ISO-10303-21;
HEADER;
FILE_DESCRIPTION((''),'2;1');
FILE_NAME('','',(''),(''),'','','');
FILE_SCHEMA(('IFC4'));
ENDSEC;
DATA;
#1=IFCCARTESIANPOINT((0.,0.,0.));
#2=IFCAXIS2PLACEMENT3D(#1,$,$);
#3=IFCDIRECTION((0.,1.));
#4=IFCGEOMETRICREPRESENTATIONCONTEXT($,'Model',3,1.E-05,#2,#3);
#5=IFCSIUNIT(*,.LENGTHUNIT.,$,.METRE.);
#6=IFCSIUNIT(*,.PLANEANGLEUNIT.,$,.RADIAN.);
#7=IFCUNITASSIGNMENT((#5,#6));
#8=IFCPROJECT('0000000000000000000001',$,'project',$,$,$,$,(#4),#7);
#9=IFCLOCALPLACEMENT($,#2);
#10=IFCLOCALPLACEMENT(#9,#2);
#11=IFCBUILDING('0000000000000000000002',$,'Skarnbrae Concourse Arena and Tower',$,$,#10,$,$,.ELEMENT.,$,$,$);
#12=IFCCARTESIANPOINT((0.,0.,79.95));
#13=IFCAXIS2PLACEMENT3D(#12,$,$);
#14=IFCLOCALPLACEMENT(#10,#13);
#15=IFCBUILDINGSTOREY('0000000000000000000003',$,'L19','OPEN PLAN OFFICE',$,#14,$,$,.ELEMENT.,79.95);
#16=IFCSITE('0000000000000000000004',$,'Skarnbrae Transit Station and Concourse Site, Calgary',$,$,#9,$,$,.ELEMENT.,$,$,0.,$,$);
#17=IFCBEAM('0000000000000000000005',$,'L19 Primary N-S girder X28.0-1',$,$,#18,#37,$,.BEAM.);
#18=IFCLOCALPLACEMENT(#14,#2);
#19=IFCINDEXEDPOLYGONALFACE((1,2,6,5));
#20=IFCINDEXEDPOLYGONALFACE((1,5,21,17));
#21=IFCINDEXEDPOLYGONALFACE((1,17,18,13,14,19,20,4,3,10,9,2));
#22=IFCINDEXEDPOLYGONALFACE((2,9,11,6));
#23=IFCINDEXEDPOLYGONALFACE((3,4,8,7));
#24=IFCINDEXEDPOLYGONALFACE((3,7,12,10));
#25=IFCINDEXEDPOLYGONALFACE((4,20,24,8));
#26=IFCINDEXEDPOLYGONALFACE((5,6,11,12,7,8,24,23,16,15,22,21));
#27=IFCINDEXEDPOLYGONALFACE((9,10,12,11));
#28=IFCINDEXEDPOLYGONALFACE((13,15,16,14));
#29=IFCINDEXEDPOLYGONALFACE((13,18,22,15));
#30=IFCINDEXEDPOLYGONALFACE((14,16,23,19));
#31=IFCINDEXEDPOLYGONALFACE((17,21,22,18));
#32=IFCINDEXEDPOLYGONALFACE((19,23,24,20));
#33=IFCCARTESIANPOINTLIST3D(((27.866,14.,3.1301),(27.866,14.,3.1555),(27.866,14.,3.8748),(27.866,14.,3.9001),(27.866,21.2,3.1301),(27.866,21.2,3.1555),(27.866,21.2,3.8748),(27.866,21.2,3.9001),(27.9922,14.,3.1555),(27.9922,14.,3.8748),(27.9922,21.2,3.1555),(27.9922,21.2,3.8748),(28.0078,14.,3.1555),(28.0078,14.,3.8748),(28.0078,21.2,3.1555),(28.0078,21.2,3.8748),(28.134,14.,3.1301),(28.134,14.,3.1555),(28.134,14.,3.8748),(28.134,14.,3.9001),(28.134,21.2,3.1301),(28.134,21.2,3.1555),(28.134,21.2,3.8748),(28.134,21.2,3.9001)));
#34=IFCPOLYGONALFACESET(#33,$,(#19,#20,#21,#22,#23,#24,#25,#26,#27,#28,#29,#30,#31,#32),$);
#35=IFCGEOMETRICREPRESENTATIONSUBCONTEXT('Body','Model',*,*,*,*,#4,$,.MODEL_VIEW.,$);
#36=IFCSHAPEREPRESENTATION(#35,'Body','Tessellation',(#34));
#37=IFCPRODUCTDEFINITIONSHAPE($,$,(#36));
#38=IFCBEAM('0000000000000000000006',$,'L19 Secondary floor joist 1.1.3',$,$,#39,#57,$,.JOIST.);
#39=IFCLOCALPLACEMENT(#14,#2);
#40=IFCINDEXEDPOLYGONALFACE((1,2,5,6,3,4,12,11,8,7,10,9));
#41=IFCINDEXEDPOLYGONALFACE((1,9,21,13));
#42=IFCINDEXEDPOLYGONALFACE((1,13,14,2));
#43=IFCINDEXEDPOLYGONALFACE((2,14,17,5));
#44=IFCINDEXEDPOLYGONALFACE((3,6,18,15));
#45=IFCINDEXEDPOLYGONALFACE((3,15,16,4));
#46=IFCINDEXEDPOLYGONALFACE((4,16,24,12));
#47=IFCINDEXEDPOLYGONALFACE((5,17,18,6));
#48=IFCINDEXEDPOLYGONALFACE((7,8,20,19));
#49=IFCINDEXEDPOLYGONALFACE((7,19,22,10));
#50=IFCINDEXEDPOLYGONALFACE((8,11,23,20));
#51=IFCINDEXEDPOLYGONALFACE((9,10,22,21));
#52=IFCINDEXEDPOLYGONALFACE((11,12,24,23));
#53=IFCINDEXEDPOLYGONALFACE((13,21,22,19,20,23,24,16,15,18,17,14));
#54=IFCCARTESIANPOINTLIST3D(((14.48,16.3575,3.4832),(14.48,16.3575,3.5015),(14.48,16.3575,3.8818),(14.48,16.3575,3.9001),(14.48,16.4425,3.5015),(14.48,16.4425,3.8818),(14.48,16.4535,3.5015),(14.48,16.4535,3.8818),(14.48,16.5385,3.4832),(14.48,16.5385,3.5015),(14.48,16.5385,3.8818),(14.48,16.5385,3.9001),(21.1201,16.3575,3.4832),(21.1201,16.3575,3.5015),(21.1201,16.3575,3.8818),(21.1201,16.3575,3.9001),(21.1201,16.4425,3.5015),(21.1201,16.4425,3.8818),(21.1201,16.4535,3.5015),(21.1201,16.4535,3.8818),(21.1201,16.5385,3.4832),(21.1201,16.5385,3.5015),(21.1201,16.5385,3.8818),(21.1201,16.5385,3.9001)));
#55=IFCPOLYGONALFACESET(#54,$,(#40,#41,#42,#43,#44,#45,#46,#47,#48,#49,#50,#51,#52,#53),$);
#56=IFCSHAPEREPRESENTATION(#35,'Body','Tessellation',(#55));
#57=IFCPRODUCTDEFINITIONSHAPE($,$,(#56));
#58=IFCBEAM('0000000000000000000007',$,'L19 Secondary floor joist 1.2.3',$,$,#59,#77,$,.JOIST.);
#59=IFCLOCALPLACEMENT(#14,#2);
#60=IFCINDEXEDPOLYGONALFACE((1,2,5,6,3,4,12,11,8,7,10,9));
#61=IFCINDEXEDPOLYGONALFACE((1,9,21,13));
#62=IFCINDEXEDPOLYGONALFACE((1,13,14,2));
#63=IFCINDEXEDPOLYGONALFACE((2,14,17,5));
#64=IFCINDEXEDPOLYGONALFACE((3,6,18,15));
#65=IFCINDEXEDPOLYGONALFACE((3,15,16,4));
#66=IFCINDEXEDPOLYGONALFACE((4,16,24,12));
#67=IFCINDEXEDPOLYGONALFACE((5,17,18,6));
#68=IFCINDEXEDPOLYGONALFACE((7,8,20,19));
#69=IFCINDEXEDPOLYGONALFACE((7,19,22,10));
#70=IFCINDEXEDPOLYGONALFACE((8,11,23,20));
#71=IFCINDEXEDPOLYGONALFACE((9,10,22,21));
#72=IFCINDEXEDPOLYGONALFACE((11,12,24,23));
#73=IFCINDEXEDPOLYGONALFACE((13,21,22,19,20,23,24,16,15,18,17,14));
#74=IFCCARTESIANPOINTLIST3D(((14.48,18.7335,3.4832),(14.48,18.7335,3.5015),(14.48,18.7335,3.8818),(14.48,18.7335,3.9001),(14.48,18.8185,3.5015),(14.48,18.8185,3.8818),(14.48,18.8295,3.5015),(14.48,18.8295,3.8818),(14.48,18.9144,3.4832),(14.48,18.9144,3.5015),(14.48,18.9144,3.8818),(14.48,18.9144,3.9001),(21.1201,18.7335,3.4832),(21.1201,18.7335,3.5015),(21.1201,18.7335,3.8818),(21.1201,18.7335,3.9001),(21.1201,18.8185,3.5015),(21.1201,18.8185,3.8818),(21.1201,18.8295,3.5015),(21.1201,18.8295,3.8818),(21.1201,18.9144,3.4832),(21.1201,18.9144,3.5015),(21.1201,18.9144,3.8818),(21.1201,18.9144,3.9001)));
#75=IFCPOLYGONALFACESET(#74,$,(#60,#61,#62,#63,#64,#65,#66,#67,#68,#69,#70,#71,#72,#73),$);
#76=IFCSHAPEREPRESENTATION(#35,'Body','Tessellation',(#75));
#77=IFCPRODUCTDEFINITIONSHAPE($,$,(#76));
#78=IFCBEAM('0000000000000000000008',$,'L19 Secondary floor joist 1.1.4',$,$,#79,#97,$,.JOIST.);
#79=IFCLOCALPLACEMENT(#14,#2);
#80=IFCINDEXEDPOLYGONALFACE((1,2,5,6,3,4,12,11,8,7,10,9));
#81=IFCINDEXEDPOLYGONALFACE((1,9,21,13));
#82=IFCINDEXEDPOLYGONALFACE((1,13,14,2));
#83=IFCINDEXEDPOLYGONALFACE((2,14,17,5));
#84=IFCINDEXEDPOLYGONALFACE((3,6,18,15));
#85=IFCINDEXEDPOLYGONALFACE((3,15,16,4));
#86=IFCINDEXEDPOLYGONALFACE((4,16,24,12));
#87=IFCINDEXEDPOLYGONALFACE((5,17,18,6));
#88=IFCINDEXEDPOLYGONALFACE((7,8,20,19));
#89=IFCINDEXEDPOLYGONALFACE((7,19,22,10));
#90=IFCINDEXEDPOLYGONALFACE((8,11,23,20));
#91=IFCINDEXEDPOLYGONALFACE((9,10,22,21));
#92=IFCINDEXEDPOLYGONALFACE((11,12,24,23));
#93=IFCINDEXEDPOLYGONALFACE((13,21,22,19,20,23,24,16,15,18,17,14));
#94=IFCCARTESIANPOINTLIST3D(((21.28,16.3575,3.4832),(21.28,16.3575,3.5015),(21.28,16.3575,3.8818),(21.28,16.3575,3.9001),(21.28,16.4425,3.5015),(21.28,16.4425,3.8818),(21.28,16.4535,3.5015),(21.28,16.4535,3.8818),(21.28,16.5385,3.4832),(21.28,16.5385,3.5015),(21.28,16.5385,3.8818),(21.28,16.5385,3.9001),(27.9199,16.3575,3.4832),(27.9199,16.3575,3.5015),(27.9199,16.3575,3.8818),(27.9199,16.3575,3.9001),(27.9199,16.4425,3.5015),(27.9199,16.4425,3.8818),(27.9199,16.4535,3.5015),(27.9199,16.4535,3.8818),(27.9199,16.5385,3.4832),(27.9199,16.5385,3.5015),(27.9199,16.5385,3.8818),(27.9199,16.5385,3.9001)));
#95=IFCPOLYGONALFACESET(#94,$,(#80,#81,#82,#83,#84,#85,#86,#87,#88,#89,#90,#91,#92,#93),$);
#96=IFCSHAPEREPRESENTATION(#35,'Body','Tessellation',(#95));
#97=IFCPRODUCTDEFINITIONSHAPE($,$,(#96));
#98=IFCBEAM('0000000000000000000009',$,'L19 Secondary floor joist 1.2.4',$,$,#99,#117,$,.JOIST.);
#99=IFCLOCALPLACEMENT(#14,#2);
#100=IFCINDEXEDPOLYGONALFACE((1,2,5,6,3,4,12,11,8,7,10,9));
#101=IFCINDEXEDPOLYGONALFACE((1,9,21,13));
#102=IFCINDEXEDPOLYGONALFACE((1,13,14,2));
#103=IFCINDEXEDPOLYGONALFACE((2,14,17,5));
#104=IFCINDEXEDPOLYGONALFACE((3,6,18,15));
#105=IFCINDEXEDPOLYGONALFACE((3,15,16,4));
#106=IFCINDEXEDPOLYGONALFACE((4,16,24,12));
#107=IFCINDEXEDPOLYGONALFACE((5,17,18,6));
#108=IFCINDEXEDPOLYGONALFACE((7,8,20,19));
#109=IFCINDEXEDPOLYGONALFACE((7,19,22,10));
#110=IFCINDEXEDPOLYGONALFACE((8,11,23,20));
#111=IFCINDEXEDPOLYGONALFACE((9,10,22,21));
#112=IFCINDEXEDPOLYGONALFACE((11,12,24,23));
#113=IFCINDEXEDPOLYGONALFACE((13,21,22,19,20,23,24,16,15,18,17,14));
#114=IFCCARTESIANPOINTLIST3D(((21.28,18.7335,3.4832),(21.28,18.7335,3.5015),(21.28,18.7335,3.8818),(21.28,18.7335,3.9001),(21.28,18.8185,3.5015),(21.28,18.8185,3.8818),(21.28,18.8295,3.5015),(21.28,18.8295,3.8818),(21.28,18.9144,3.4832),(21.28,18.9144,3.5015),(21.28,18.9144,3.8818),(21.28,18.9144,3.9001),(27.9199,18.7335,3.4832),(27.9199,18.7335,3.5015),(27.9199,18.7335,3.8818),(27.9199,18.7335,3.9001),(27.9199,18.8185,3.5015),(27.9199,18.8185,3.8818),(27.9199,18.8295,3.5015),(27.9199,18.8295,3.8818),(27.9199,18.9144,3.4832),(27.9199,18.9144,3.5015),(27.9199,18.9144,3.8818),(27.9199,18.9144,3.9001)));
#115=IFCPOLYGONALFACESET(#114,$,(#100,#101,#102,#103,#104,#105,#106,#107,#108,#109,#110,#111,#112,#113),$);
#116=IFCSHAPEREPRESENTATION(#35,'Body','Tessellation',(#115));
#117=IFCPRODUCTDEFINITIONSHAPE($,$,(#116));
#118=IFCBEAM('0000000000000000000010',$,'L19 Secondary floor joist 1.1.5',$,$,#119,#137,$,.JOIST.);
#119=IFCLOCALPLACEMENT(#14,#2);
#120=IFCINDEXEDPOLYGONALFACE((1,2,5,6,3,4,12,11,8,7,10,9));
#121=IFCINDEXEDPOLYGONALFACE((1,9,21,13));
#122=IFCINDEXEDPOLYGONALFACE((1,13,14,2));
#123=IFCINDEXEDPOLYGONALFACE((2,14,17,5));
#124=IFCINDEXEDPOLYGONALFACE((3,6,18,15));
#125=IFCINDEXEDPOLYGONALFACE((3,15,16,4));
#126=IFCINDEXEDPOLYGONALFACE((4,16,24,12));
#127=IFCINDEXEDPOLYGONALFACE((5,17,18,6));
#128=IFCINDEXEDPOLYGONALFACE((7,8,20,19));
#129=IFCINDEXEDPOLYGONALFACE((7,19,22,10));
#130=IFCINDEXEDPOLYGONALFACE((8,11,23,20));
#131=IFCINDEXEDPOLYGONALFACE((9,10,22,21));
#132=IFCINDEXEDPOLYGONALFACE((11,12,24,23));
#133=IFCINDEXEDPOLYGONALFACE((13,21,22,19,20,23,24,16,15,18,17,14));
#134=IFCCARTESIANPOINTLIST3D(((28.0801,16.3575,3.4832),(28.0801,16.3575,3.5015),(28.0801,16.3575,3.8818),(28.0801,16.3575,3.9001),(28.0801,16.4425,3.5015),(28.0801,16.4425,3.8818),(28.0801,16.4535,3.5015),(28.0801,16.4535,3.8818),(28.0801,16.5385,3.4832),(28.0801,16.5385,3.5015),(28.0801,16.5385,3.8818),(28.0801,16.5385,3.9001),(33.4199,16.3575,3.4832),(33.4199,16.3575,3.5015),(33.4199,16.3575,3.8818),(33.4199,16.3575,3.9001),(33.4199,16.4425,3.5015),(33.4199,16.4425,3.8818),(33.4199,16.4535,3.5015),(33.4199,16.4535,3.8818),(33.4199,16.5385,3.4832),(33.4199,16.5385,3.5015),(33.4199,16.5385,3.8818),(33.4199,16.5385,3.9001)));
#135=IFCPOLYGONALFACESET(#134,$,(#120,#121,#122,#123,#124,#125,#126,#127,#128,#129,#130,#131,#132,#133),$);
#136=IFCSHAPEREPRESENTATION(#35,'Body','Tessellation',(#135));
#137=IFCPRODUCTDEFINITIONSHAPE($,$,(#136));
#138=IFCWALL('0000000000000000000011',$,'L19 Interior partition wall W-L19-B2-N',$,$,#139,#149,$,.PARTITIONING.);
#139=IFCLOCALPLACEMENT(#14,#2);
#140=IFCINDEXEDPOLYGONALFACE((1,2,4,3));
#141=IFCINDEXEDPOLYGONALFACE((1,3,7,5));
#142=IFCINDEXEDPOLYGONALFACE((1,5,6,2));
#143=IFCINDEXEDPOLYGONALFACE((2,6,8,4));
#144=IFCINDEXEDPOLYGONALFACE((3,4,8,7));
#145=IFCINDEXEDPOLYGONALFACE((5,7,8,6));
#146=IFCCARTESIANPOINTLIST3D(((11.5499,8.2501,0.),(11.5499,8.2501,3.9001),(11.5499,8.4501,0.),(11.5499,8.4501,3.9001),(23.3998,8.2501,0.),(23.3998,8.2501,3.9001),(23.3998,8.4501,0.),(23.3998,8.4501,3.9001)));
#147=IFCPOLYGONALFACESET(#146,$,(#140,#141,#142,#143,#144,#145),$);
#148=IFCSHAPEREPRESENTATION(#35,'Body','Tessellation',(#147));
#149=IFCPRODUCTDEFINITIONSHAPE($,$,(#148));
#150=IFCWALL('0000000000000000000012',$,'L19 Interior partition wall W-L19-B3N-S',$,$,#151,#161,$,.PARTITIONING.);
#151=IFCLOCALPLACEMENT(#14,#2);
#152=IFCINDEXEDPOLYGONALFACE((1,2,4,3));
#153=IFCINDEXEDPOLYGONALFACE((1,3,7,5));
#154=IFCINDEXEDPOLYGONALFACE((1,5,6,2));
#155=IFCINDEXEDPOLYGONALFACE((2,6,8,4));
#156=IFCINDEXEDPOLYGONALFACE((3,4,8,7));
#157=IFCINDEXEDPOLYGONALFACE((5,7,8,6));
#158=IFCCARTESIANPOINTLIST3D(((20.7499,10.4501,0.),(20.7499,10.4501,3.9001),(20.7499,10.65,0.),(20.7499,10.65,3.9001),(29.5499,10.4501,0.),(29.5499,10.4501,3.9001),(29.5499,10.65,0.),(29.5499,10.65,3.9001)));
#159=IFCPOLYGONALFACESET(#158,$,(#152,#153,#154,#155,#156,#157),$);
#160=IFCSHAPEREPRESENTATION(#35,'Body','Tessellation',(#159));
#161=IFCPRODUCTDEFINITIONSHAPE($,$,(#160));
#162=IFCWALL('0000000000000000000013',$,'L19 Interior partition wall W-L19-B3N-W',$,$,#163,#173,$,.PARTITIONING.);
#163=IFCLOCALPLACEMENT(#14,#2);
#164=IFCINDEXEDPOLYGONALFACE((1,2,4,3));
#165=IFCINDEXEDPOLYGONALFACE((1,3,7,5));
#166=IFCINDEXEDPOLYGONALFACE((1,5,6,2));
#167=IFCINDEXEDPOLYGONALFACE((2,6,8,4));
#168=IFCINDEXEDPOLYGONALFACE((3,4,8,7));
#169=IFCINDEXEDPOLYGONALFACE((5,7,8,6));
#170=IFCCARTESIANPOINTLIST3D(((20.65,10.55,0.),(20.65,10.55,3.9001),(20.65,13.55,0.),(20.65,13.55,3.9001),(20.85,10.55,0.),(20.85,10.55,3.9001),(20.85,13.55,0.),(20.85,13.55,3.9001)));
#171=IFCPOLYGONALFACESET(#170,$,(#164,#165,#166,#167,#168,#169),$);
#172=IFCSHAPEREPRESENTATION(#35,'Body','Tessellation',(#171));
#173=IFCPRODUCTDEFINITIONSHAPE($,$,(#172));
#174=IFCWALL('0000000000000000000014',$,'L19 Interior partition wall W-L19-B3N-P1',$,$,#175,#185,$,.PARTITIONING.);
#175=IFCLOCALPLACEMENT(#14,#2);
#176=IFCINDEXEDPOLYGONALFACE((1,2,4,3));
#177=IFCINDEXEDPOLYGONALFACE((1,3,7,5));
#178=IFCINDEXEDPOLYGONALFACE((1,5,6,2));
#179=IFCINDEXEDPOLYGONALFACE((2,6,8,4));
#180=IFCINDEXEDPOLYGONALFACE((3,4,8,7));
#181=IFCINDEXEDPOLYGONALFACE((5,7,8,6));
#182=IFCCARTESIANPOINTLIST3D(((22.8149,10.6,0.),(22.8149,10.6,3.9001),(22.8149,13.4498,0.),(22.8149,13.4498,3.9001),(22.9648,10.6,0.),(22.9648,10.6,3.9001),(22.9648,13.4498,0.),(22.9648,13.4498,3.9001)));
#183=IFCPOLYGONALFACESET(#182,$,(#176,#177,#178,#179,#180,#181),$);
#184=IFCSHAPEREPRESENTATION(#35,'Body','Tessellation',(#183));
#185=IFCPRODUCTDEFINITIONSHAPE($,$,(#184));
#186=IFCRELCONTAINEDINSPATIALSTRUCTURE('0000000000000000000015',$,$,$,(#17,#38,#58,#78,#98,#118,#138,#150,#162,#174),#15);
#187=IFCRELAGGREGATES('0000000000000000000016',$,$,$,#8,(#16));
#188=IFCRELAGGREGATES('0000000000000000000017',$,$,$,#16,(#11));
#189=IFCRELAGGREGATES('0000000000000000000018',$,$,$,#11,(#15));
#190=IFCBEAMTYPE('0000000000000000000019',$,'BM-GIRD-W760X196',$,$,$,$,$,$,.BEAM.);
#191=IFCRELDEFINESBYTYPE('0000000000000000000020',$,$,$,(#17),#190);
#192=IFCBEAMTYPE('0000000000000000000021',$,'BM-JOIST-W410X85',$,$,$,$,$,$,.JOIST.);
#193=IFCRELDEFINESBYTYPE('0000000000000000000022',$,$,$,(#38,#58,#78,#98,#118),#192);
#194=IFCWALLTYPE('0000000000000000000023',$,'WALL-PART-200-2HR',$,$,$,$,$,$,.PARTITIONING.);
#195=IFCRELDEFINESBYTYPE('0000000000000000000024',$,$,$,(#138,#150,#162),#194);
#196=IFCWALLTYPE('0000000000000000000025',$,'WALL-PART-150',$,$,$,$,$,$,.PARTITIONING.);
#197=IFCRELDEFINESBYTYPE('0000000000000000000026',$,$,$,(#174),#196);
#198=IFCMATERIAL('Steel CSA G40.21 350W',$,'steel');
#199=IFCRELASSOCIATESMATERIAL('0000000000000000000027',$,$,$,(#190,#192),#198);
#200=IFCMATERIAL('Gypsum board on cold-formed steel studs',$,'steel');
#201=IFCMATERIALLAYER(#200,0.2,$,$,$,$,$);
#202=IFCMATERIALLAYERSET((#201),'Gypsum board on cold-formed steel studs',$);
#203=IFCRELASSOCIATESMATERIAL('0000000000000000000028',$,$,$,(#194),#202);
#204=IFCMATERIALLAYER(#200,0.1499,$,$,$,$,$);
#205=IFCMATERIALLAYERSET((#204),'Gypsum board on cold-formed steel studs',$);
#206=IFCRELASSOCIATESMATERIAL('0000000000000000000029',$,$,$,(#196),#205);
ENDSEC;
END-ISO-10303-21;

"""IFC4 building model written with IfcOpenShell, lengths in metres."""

from ifc_helpers import new_model, si_unit, direction, frame, frame_2d, origin, origin_2d, place, context, subcontext, project, spatial, rectangle, i_section, extrude, source, transform, mapped, material, layer, layer_set, material_profile, profile_set, type_object, element, save


model = new_model("IFC4")

# Units and contexts
model_context = context("Model", 3, precision=1e-05, world=origin(), true_north=direction((0.0, 1.0)))
body_context = subcontext(model_context, "Body", "Model", "MODEL_VIEW")
ifc_project = project(units=[si_unit("LENGTHUNIT", "METRE"), si_unit("PLANEANGLEUNIT", "RADIAN")], contexts=[model_context])

# Site, building, storey
site_placement = place(None, origin())
site = spatial("IfcSite", under=ifc_project, at=site_placement, Name="Skarnbrae Transit Station and Concourse Site, Calgary", CompositionType="ELEMENT", RefElevation=0.0)
building_placement = place(site_placement, origin())
building = spatial("IfcBuilding", under=site, at=building_placement, Name="Skarnbrae Concourse Arena and Tower", CompositionType="ELEMENT")
storey_placement = place(building_placement, frame((0.0, 0.0, 79.95)))
storey = spatial("IfcBuildingStorey", under=building, at=storey_placement, Name="L19", Description="OPEN PLAN OFFICE", CompositionType="ELEMENT", Elevation=79.95)

# Shared definitions
ifc_material_1 = material(Name="Steel CSA G40.21 350W", Category="steel")

# Beams
ifc_material_profile_1 = material_profile(ifc_material_1, i_section(OverallWidth=0.2681, OverallDepth=0.77, WebThickness=0.0156, FlangeThickness=0.0254, at=origin_2d()), Name="W760X196")
ifc_profile_set_1 = profile_set([ifc_material_profile_1], Name="Steel CSA G40.21 350W")
beam_type_1 = type_object("IfcBeamType", Name="BM-GIRD-W760X196", PredefinedType="BEAM", material=ifc_profile_set_1)
shared_shape_1 = source(origin(), body_context, "Body", "SweptSolid", [
    extrude(i_section(OverallWidth=0.2681, OverallDepth=0.77, WebThickness=0.0156, FlangeThickness=0.0254, at=origin_2d()), origin(), (0.0, 0.0, 1.0), 7.2),
])
for number, where, z_axis, x_axis, name in (
    (1, (28.0, 14.0, 3.5151), (0.0, 1.0, 0.0), (-1.0, 0.0, 0.0), "L19 Primary N-S girder X28.0-1"),
):
    element("IfcBeam", number, at=place(storey_placement, frame(where, z_axis=z_axis, x_axis=x_axis)), inside=storey, type_object=beam_type_1, Name=name, PredefinedType="BEAM", context=body_context, shape_type="MappedRepresentation", body=[
        mapped(shared_shape_1, transform((0.0, 0.0, 0.0))),
    ])
ifc_material_profile_2 = material_profile(ifc_material_1, i_section(OverallWidth=0.1809, OverallDepth=0.417, WebThickness=0.011, FlangeThickness=0.0183, at=origin_2d()), Name="W410X85")
ifc_profile_set_2 = profile_set([ifc_material_profile_2], Name="Steel CSA G40.21 350W")
beam_type_2 = type_object("IfcBeamType", Name="BM-JOIST-W410X85", PredefinedType="JOIST", material=ifc_profile_set_2)
shared_shape_2 = source(origin(), body_context, "Body", "SweptSolid", [
    extrude(i_section(OverallWidth=0.1809, OverallDepth=0.417, WebThickness=0.011, FlangeThickness=0.0183, at=origin_2d()), origin(), (0.0, 0.0, 1.0), 6.6401),
])
for number, where, z_axis, x_axis, name in (
    (2, (14.48, 16.448, 3.6917), (1.0, 0.0, 0.0), (0.0, 1.0, 0.0), "L19 Secondary floor joist 1.1.3"),
    (3, (14.48, 18.824, 3.6917), (1.0, 0.0, 0.0), (0.0, 1.0, 0.0), "L19 Secondary floor joist 1.2.3"),
):
    element("IfcBeam", number, at=place(storey_placement, frame(where, z_axis=z_axis, x_axis=x_axis)), inside=storey, type_object=beam_type_2, Name=name, PredefinedType="JOIST", context=body_context, shape_type="MappedRepresentation", body=[
        mapped(shared_shape_2, transform((0.0, 0.0, 0.0))),
    ])
shared_shape_3 = source(origin(), body_context, "Body", "SweptSolid", [
    extrude(i_section(OverallWidth=0.1809, OverallDepth=0.417, WebThickness=0.011, FlangeThickness=0.0183, at=origin_2d()), origin(), (0.0, 0.0, 1.0), 6.6399),
])
for number, where, z_axis, x_axis, name in (
    (4, (21.28, 16.448, 3.6917), (1.0, 0.0, 0.0), (0.0, 1.0, 0.0), "L19 Secondary floor joist 1.1.4"),
    (5, (21.28, 18.824, 3.6917), (1.0, 0.0, 0.0), (0.0, 1.0, 0.0), "L19 Secondary floor joist 1.2.4"),
):
    element("IfcBeam", number, at=place(storey_placement, frame(where, z_axis=z_axis, x_axis=x_axis)), inside=storey, type_object=beam_type_2, Name=name, PredefinedType="JOIST", context=body_context, shape_type="MappedRepresentation", body=[
        mapped(shared_shape_3, transform((0.0, 0.0, 0.0))),
    ])
shared_shape_4 = source(origin(), body_context, "Body", "SweptSolid", [
    extrude(i_section(OverallWidth=0.1809, OverallDepth=0.417, WebThickness=0.011, FlangeThickness=0.0183, at=origin_2d()), origin(), (0.0, 0.0, 1.0), 5.3398),
])
beam_1_placement = place(storey_placement, frame((28.0801, 16.448, 3.6917), z_axis=(1.0, 0.0, 0.0), x_axis=(0.0, 1.0, 0.0)))
element("IfcBeam", 6, at=beam_1_placement, inside=storey, type_object=beam_type_2, Name="L19 Secondary floor joist 1.1.5", PredefinedType="JOIST", context=body_context, shape_type="MappedRepresentation", body=[
    mapped(shared_shape_4, transform((0.0, 0.0, 0.0))),
])

# Walls
ifc_material_2 = material(Name="Gypsum board on cold-formed steel studs", Category="steel")
ifc_layer_1 = layer(ifc_material_2, 0.2)
ifc_layer_set_1 = layer_set([ifc_layer_1], Name="Gypsum board on cold-formed steel studs")
wall_type_1 = type_object("IfcWallType", Name="WALL-PART-200-2HR", PredefinedType="PARTITIONING", material=ifc_layer_set_1)
shared_shape_5 = source(origin(), body_context, "Body", "SweptSolid", [
    extrude(rectangle(XDim=11.8499, YDim=0.2, at=frame_2d((5.9248, 0.0))), origin(), (0.0, 0.0, 1.0), 3.9001),
])
wall_1_placement = place(storey_placement, frame((11.55, 8.3501, 0.0), z_axis=(0.0, 0.0, 1.0), x_axis=(1.0, 0.0, 0.0)))
element("IfcWall", 7, at=wall_1_placement, inside=storey, type_object=wall_type_1, Name="L19 Interior partition wall W-L19-B2-N", PredefinedType="PARTITIONING", context=body_context, shape_type="MappedRepresentation", body=[
    mapped(shared_shape_5, transform((0.0, 0.0, 0.0))),
])
shared_shape_6 = source(origin(), body_context, "Body", "SweptSolid", [
    extrude(rectangle(XDim=8.8, YDim=0.2, at=frame_2d((4.3999, 0.0))), origin(), (0.0, 0.0, 1.0), 3.9001),
])
wall_2_placement = place(storey_placement, frame((20.75, 10.55, 0.0), z_axis=(0.0, 0.0, 1.0), x_axis=(1.0, 0.0, 0.0)))
element("IfcWall", 8, at=wall_2_placement, inside=storey, type_object=wall_type_1, Name="L19 Interior partition wall W-L19-B3N-S", PredefinedType="PARTITIONING", context=body_context, shape_type="MappedRepresentation", body=[
    mapped(shared_shape_6, transform((0.0, 0.0, 0.0))),
])
shared_shape_7 = source(origin(), body_context, "Body", "SweptSolid", [
    extrude(rectangle(XDim=3.0, YDim=0.2, at=frame_2d((1.5, 0.0))), origin(), (0.0, 0.0, 1.0), 3.9001),
])
wall_3_placement = place(storey_placement, frame((20.75, 10.55, 0.0), z_axis=(0.0, 0.0, 1.0), x_axis=(0.0, 1.0, 0.0)))
element("IfcWall", 9, at=wall_3_placement, inside=storey, type_object=wall_type_1, Name="L19 Interior partition wall W-L19-B3N-W", PredefinedType="PARTITIONING", context=body_context, shape_type="MappedRepresentation", body=[
    mapped(shared_shape_7, transform((0.0, 0.0, 0.0))),
])
ifc_layer_2 = layer(ifc_material_2, 0.1499)
ifc_layer_set_2 = layer_set([ifc_layer_2], Name="Gypsum board on cold-formed steel studs")
wall_type_2 = type_object("IfcWallType", Name="WALL-PART-150", PredefinedType="PARTITIONING", material=ifc_layer_set_2)
shared_shape_8 = source(origin(), body_context, "Body", "SweptSolid", [
    extrude(rectangle(XDim=2.8499, YDim=0.1499, at=frame_2d((1.4248, 0.0))), origin(), (0.0, 0.0, 1.0), 3.9001),
])
for number, where, z_axis, x_axis, name in (
    (10, (22.8899, 10.6001, 0.0), (0.0, 0.0, 1.0), (0.0, 1.0, 0.0), "L19 Interior partition wall W-L19-B3N-P1"),
):
    element("IfcWall", number, at=place(storey_placement, frame(where, z_axis=z_axis, x_axis=x_axis)), inside=storey, type_object=wall_type_2, Name=name, PredefinedType="PARTITIONING", context=body_context, shape_type="MappedRepresentation", body=[
        mapped(shared_shape_8, transform((0.0, 0.0, 0.0))),
    ])

save(model, "model.ifc")
